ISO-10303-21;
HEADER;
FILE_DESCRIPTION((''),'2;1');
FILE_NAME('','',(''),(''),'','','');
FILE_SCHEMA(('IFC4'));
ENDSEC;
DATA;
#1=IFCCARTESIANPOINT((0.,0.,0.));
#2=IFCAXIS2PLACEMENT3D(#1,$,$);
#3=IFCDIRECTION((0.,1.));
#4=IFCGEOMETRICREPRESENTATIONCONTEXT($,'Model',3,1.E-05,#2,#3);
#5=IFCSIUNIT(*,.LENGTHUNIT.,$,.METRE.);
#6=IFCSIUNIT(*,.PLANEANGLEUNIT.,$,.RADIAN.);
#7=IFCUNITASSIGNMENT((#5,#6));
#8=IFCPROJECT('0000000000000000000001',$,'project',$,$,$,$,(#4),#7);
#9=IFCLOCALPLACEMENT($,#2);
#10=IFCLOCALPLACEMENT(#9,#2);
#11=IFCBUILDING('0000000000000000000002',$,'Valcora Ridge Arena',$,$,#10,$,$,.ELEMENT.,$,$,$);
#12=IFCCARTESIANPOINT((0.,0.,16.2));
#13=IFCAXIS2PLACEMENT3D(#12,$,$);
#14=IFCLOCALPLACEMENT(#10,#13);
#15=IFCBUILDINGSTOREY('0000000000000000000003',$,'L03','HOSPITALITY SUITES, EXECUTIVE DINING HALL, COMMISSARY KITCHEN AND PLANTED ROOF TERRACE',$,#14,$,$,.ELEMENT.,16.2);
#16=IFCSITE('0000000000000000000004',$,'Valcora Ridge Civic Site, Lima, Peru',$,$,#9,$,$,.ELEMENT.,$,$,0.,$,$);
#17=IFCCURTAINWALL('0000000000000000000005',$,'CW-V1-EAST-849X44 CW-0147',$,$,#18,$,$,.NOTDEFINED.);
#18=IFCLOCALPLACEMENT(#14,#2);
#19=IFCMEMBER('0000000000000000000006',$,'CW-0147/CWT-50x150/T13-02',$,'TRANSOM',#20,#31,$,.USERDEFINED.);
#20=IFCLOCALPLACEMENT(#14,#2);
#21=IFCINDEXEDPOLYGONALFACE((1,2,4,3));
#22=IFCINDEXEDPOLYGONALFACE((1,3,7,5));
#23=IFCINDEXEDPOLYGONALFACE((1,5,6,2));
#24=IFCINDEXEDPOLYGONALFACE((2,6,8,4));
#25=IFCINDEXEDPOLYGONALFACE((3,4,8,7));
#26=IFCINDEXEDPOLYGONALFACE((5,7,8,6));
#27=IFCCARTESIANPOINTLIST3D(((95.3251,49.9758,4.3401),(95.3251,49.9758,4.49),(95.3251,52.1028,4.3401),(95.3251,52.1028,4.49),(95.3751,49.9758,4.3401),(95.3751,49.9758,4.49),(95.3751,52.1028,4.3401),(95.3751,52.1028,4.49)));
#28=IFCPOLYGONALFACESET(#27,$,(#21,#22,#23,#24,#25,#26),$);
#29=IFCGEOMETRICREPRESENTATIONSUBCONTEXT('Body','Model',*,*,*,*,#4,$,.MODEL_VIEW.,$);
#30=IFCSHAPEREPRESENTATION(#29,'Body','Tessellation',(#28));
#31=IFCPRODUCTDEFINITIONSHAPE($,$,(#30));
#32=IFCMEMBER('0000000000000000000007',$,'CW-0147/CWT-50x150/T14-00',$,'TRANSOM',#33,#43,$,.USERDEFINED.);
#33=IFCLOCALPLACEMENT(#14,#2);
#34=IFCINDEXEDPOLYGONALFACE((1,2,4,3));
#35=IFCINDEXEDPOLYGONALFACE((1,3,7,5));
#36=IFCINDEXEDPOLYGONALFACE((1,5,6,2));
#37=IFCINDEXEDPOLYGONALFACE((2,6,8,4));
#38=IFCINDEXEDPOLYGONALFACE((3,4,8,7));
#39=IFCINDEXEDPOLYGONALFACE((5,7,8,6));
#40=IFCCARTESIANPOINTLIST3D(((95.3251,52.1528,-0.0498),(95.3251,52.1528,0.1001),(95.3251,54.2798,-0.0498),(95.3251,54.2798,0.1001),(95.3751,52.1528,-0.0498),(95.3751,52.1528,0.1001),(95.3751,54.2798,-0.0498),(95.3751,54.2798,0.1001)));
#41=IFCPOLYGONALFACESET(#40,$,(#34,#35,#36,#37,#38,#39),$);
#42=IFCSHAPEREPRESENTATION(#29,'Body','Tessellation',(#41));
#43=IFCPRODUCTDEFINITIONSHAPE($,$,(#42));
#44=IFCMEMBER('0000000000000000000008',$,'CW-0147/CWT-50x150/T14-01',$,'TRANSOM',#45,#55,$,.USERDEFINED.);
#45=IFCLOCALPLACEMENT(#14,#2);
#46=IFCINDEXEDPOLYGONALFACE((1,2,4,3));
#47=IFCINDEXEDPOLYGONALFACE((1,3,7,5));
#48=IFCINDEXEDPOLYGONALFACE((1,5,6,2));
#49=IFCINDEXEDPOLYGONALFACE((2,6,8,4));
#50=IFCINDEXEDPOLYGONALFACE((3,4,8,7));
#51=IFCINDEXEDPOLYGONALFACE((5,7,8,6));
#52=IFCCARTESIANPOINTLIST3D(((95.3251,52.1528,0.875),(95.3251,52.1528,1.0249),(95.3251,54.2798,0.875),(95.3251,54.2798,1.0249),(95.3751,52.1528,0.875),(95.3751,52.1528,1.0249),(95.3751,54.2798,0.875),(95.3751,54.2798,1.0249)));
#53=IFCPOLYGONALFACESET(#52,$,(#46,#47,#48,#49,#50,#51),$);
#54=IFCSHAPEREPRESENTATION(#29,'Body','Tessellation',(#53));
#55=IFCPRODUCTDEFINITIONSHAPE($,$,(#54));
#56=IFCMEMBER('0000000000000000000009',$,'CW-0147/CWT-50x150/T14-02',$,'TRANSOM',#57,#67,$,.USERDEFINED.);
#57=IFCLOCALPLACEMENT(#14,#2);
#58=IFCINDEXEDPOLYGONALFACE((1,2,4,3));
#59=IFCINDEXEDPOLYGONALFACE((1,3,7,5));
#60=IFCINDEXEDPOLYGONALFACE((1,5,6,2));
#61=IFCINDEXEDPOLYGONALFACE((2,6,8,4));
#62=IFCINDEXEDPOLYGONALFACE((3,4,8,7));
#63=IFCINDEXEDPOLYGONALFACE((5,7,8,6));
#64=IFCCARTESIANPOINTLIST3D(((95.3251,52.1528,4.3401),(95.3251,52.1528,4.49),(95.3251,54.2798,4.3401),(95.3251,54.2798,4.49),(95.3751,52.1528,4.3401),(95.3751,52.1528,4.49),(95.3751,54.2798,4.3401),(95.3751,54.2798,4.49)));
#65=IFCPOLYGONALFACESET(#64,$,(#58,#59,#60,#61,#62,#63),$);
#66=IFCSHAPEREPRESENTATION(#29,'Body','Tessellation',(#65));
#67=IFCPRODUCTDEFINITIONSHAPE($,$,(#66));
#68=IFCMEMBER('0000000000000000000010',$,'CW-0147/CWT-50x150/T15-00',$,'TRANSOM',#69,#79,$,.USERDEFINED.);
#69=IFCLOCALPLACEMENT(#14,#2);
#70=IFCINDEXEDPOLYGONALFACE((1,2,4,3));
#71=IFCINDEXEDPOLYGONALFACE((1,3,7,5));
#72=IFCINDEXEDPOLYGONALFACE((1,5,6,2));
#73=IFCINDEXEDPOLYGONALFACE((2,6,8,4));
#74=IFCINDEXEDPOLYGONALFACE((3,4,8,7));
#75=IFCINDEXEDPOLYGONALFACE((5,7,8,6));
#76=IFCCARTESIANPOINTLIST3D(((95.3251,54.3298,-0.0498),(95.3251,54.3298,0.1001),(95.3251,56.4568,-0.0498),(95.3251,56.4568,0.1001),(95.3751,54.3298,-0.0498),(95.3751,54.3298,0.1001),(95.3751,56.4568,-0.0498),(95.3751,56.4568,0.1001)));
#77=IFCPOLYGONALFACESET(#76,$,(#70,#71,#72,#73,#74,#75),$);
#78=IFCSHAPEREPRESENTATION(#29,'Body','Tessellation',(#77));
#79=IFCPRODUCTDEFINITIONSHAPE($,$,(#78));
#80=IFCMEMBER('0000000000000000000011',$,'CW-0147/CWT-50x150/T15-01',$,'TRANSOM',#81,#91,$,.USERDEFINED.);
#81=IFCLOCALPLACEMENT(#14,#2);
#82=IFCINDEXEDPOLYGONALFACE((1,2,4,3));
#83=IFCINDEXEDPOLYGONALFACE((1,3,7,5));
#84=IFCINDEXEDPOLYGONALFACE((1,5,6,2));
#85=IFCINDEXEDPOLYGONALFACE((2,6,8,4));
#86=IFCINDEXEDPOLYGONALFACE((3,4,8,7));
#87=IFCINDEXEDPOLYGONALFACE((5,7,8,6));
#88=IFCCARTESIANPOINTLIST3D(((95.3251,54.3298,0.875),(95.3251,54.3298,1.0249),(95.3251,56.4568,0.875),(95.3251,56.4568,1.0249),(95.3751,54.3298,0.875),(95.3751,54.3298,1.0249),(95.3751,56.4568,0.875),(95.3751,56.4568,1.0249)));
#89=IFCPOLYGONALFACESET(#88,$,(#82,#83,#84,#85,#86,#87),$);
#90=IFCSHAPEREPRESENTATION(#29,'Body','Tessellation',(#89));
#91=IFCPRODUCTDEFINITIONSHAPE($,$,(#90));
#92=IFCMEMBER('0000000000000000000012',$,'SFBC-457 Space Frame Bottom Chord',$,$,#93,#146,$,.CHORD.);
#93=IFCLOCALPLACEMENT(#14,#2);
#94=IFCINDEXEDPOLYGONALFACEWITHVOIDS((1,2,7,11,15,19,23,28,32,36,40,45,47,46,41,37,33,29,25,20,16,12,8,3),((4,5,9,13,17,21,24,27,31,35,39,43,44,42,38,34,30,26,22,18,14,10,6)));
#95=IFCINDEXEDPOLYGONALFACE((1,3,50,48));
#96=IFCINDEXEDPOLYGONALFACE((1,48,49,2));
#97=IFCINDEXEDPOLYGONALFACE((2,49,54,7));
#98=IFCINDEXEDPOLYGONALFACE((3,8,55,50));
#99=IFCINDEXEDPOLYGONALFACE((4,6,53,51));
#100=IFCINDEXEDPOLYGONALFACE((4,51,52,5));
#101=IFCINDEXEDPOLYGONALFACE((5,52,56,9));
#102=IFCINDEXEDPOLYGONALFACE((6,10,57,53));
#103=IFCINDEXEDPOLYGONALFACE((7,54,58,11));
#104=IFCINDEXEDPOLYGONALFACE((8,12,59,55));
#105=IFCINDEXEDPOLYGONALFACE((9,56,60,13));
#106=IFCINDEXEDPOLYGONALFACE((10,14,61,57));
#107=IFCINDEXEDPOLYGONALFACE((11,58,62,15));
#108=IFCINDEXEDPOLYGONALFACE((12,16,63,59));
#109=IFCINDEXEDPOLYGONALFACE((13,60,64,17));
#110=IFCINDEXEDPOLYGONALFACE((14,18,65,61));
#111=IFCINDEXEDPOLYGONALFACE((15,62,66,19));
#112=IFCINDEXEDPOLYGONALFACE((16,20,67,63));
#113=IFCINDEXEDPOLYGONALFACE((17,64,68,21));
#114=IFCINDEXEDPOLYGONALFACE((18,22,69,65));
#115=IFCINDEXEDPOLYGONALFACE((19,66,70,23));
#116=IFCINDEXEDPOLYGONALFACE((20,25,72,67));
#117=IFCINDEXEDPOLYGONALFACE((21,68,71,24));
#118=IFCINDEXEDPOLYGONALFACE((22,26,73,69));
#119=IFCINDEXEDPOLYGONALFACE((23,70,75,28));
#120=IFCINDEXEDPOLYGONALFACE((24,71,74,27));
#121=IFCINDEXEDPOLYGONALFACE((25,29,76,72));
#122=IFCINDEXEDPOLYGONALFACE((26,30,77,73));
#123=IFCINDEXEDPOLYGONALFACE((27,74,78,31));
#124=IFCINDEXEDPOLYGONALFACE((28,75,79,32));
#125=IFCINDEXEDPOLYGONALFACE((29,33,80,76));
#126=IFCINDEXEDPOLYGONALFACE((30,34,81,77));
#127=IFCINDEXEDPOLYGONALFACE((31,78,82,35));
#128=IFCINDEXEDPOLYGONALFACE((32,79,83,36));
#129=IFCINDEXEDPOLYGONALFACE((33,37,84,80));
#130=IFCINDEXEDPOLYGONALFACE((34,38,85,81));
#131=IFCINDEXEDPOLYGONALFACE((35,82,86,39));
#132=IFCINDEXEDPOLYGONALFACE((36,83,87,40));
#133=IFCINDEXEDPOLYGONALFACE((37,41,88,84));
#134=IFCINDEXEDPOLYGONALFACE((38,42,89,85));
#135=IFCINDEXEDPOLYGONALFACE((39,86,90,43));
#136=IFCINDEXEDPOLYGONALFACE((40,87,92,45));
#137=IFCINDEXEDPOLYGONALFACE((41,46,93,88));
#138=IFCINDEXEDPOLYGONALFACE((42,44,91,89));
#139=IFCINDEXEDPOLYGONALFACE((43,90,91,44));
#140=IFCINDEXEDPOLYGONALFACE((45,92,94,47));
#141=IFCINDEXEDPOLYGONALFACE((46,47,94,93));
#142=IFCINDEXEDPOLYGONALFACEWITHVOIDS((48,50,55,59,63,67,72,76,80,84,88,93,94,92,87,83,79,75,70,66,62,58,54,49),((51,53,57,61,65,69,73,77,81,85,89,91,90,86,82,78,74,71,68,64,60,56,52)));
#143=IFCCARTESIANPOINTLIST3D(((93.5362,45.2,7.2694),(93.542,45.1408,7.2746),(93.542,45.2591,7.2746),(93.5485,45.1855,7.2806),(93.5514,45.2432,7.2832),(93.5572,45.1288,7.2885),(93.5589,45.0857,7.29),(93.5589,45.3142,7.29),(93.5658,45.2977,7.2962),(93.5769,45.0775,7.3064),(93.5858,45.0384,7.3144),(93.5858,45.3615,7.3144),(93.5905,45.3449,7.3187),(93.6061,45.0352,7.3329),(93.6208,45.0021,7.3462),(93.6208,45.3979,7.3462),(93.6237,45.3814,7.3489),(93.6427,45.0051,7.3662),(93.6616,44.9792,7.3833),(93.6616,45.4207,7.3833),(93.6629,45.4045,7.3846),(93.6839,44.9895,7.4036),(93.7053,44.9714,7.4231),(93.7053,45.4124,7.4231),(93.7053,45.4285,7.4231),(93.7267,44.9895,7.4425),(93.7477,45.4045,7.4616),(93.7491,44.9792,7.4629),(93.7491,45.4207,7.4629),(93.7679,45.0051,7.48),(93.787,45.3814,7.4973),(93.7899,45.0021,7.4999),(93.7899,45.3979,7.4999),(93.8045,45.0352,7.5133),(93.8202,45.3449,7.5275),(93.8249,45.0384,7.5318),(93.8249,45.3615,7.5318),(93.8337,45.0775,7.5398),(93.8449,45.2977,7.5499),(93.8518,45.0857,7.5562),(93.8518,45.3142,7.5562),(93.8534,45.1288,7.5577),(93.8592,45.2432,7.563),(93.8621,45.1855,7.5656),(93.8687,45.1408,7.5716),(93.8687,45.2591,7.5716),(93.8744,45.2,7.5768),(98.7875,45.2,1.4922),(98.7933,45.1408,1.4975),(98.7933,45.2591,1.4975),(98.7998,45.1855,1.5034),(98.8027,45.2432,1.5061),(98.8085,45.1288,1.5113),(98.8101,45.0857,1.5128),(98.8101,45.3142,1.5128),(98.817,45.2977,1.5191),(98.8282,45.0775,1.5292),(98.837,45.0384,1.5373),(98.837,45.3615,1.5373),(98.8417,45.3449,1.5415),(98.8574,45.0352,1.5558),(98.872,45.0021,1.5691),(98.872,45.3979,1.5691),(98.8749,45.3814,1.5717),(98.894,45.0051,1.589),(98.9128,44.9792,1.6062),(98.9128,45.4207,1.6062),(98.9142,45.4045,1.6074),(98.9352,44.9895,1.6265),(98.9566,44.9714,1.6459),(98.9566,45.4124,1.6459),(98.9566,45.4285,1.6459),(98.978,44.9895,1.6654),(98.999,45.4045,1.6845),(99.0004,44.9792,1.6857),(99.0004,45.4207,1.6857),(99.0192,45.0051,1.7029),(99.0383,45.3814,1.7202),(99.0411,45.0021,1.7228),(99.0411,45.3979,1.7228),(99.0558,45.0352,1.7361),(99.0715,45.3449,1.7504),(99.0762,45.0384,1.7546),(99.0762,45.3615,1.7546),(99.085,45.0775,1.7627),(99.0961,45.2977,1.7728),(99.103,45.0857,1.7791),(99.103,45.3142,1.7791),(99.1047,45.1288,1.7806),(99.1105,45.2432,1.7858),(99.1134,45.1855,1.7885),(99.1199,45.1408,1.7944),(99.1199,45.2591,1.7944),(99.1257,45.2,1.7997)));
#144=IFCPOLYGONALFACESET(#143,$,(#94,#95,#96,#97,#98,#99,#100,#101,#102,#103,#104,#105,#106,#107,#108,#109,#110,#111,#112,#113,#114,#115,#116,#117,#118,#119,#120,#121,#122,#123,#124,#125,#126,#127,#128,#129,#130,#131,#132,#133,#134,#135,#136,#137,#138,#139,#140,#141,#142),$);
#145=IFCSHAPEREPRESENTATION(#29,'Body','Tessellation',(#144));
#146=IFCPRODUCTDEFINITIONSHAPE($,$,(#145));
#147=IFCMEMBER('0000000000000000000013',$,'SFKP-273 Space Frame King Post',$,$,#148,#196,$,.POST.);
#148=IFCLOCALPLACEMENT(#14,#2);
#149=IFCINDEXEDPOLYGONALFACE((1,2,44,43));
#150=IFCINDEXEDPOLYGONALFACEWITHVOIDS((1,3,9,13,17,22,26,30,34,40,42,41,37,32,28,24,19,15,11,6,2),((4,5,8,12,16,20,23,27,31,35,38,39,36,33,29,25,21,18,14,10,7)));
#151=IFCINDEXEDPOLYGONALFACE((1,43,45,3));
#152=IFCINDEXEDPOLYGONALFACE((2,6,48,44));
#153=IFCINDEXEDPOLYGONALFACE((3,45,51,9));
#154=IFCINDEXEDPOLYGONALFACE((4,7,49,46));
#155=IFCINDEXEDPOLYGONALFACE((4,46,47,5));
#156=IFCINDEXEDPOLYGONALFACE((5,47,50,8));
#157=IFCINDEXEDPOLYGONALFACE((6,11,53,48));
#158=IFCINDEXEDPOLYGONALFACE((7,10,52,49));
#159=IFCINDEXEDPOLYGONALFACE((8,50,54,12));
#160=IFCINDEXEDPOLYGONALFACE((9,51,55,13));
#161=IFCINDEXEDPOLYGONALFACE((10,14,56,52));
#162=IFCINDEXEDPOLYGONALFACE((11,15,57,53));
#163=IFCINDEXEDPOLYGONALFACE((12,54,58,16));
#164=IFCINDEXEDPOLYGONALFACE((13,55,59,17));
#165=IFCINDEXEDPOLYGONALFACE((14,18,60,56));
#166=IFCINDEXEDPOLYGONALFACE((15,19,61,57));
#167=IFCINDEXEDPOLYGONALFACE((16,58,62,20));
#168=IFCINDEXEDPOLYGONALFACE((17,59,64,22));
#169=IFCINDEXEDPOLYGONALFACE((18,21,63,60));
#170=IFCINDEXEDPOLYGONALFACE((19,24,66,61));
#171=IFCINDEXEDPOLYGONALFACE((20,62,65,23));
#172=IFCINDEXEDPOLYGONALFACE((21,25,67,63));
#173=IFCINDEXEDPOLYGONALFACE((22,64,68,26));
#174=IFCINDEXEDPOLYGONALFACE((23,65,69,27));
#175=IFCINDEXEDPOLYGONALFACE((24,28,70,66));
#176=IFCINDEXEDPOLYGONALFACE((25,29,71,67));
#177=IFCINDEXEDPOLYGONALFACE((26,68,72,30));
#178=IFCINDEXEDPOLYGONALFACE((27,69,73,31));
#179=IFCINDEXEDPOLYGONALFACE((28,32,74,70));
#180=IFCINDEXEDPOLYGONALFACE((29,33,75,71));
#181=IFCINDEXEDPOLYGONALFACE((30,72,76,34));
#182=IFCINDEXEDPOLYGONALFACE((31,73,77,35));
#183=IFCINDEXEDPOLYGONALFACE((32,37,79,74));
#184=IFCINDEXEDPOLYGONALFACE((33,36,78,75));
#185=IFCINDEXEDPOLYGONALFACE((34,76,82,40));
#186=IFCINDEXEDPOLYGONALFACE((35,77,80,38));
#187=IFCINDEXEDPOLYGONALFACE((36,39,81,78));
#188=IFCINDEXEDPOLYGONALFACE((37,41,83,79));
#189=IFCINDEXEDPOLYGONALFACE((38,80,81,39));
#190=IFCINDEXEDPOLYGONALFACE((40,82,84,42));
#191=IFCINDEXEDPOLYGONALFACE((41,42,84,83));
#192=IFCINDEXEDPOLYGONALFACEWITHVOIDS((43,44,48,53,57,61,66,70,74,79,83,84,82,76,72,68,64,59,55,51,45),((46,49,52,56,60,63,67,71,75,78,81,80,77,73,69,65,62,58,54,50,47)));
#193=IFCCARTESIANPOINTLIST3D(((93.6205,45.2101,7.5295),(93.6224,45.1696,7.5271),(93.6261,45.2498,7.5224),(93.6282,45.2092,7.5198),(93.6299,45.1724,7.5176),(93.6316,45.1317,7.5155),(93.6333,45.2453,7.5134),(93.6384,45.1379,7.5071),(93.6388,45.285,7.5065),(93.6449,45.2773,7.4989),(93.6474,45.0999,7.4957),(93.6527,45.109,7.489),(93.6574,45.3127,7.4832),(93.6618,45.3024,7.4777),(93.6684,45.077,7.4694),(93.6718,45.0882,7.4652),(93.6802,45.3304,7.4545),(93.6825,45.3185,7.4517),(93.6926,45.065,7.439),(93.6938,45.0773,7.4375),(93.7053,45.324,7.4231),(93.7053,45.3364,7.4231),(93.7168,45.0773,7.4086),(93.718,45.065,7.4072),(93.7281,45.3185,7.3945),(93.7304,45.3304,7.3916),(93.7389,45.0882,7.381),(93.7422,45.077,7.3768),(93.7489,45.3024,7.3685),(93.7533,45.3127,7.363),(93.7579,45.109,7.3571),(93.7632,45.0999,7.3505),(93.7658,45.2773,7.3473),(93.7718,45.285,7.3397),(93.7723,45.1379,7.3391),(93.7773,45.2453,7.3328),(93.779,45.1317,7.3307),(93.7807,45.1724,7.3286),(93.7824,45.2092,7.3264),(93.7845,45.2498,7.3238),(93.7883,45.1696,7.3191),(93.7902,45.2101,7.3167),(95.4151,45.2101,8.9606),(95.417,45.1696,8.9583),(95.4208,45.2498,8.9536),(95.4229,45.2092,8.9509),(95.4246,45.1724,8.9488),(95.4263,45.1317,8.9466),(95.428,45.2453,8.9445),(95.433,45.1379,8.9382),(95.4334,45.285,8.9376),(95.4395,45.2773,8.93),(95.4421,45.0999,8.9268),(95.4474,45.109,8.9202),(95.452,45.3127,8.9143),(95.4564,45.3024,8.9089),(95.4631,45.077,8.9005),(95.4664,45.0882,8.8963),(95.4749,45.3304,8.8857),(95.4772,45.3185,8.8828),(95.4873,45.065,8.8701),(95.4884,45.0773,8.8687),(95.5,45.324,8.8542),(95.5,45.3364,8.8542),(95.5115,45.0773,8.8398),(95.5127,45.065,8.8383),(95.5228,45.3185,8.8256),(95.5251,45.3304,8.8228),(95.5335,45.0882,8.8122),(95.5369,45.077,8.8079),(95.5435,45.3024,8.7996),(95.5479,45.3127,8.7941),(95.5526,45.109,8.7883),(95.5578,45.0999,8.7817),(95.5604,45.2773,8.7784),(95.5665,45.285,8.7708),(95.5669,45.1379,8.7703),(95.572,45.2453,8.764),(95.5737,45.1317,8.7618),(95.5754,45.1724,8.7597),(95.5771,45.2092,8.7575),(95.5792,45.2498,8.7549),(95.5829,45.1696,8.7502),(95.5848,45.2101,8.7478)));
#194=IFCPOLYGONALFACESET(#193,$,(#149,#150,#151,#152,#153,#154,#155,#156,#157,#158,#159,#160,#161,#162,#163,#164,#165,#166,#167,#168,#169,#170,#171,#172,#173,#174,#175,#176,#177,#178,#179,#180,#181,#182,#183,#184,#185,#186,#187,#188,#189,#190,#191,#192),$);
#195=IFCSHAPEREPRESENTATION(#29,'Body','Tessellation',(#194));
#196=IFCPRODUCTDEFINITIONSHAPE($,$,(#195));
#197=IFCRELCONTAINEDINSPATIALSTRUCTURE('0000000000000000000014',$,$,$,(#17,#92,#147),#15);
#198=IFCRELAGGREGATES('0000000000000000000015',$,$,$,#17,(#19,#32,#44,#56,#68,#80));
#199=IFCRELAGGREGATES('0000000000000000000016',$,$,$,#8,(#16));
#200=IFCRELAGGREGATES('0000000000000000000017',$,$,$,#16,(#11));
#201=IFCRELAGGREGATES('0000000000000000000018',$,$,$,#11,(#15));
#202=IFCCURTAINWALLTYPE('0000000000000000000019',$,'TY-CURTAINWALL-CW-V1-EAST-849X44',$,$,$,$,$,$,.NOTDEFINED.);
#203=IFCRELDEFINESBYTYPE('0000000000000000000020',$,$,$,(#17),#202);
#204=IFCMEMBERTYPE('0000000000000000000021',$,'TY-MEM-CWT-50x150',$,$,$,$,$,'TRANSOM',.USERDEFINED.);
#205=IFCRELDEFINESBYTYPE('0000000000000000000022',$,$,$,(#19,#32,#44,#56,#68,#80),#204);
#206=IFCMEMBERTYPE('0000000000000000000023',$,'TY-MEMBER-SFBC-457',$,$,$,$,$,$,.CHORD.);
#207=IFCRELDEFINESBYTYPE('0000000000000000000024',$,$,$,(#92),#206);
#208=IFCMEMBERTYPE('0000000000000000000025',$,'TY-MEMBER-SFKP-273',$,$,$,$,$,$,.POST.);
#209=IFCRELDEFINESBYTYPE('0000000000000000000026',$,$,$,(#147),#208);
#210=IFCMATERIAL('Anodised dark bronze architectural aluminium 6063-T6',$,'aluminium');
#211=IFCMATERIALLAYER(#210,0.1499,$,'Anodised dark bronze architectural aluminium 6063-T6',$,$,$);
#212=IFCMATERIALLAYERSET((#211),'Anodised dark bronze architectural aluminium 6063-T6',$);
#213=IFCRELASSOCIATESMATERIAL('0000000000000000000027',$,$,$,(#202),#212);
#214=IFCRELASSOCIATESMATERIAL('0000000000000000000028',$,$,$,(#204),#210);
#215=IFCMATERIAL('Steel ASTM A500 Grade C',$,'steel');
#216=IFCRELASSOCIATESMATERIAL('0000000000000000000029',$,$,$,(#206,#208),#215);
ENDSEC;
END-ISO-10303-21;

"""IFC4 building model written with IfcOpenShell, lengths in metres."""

from ifc_helpers import new_model, si_unit, direction, frame, origin, origin_2d, place, context, subcontext, project, spatial, rectangle, hollow_circle, extrude, material, layer, layer_set, material_profile, profile_set, type_object, element, aggregate, save


model = new_model("IFC4")

# Units and contexts
model_context = context("Model", 3, precision=1e-05, world=origin(), true_north=direction((0.0, 1.0)))
body_context = subcontext(model_context, "Body", "Model", "MODEL_VIEW")
ifc_project = project(units=[si_unit("LENGTHUNIT", "METRE"), si_unit("PLANEANGLEUNIT", "RADIAN")], contexts=[model_context])

# Site, building, storey
site_placement = place(None, origin())
site = spatial("IfcSite", under=ifc_project, at=site_placement, Name="Valcora Ridge Civic Site, Lima, Peru", CompositionType="ELEMENT", RefElevation=0.0)
building_placement = place(site_placement, origin())
building = spatial("IfcBuilding", under=site, at=building_placement, Name="Valcora Ridge Arena", CompositionType="ELEMENT")
storey_placement = place(building_placement, frame((0.0, 0.0, 16.2)))
storey = spatial("IfcBuildingStorey", under=building, at=storey_placement, Name="L03", Description="HOSPITALITY SUITES, EXECUTIVE DINING HALL, COMMISSARY KITCHEN AND PLANTED ROOF TERRACE", CompositionType="ELEMENT", Elevation=16.2)

# Curtain wall, members
ifc_material_1 = material(Name="Anodised dark bronze architectural aluminium 6063-T6", Category="aluminium")
ifc_layer_1 = layer(ifc_material_1, 0.1499, Name="Anodised dark bronze architectural aluminium 6063-T6")
ifc_layer_set_1 = layer_set([ifc_layer_1], Name="Anodised dark bronze architectural aluminium 6063-T6")
curtain_wall_type = type_object("IfcCurtainWallType", Name="TY-CURTAINWALL-CW-V1-EAST-849X44", PredefinedType="NOTDEFINED", material=ifc_layer_set_1)
curtain_wall_placement = place(storey_placement, origin())
curtain_wall = element("IfcCurtainWall", 1, at=curtain_wall_placement, inside=storey, type_object=curtain_wall_type, Name="CW-V1-EAST-849X44 CW-0147", PredefinedType="NOTDEFINED")
ifc_material_profile_1 = material_profile(ifc_material_1, rectangle(XDim=0.05, YDim=0.1499, at=origin_2d()), Name="ALU TRANSOM 50x150")
ifc_profile_set_1 = profile_set([ifc_material_profile_1], Name="Anodised dark bronze architectural aluminium 6063-T6")
member_type_1 = type_object("IfcMemberType", Name="TY-MEM-CWT-50x150", ElementType="TRANSOM", PredefinedType="USERDEFINED", material=ifc_profile_set_1)
member_1_placement = place(storey_placement, frame((95.3501, 49.9758, 4.415), z_axis=(0.0, 1.0, 0.0), x_axis=(-1.0, 0.0, 0.0)))
member_1 = element("IfcMember", 2, at=member_1_placement, type_object=member_type_1, Name="CW-0147/CWT-50x150/T13-02", ObjectType="TRANSOM", PredefinedType="USERDEFINED", context=body_context, shape_type="SweptSolid", body=[
    extrude(rectangle(XDim=0.05, YDim=0.1499, at=origin_2d()), origin(), (0.0, 0.0, 1.0), 2.127),
])
member_2_placement = place(storey_placement, frame((95.3501, 52.1528, 0.0251), z_axis=(0.0, 1.0, 0.0), x_axis=(-1.0, 0.0, 0.0)))
member_2 = element("IfcMember", 3, at=member_2_placement, type_object=member_type_1, Name="CW-0147/CWT-50x150/T14-00", ObjectType="TRANSOM", PredefinedType="USERDEFINED", context=body_context, shape_type="SweptSolid", body=[
    extrude(rectangle(XDim=0.05, YDim=0.1499, at=origin_2d()), origin(), (0.0, 0.0, 1.0), 2.127),
])
member_3_placement = place(storey_placement, frame((95.3501, 52.1528, 0.95), z_axis=(0.0, 1.0, 0.0), x_axis=(-1.0, 0.0, 0.0)))
member_3 = element("IfcMember", 4, at=member_3_placement, type_object=member_type_1, Name="CW-0147/CWT-50x150/T14-01", ObjectType="TRANSOM", PredefinedType="USERDEFINED", context=body_context, shape_type="SweptSolid", body=[
    extrude(rectangle(XDim=0.05, YDim=0.1499, at=origin_2d()), origin(), (0.0, 0.0, 1.0), 2.127),
])
member_4_placement = place(storey_placement, frame((95.3501, 52.1528, 4.415), z_axis=(0.0, 1.0, 0.0), x_axis=(-1.0, 0.0, 0.0)))
member_4 = element("IfcMember", 5, at=member_4_placement, type_object=member_type_1, Name="CW-0147/CWT-50x150/T14-02", ObjectType="TRANSOM", PredefinedType="USERDEFINED", context=body_context, shape_type="SweptSolid", body=[
    extrude(rectangle(XDim=0.05, YDim=0.1499, at=origin_2d()), origin(), (0.0, 0.0, 1.0), 2.127),
])
member_5_placement = place(storey_placement, frame((95.3501, 54.3298, 0.0251), z_axis=(0.0, 1.0, 0.0), x_axis=(-1.0, 0.0, 0.0)))
member_5 = element("IfcMember", 6, at=member_5_placement, type_object=member_type_1, Name="CW-0147/CWT-50x150/T15-00", ObjectType="TRANSOM", PredefinedType="USERDEFINED", context=body_context, shape_type="SweptSolid", body=[
    extrude(rectangle(XDim=0.05, YDim=0.1499, at=origin_2d()), origin(), (0.0, 0.0, 1.0), 2.127),
])
member_6_placement = place(storey_placement, frame((95.3501, 54.3298, 0.95), z_axis=(0.0, 1.0, 0.0), x_axis=(-1.0, 0.0, 0.0)))
member_6 = element("IfcMember", 7, at=member_6_placement, type_object=member_type_1, Name="CW-0147/CWT-50x150/T15-01", ObjectType="TRANSOM", PredefinedType="USERDEFINED", context=body_context, shape_type="SweptSolid", body=[
    extrude(rectangle(XDim=0.05, YDim=0.1499, at=origin_2d()), origin(), (0.0, 0.0, 1.0), 2.127),
])

# Members
ifc_material_2 = material(Name="Steel ASTM A500 Grade C", Category="steel")
ifc_material_profile_2 = material_profile(ifc_material_2, hollow_circle(Radius=0.2285, WallThickness=0.0161, at=origin_2d()), Name="CHS457X16")
ifc_profile_set_2 = profile_set([ifc_material_profile_2], Name="Steel ASTM A500 Grade C")
member_type_2 = type_object("IfcMemberType", Name="TY-MEMBER-SFBC-457", PredefinedType="CHORD", material=ifc_profile_set_2)
member_7_placement = place(storey_placement, frame((93.7053, 45.2, 7.4231), z_axis=(0.672625, 0.0, -0.739984), x_axis=(0.0, 1.0, 0.0)))
element("IfcMember", 8, at=member_7_placement, inside=storey, type_object=member_type_2, Name="SFBC-457 Space Frame Bottom Chord", PredefinedType="CHORD", context=body_context, shape_type="SweptSolid", body=[
    extrude(hollow_circle(Radius=0.2285, WallThickness=0.0161, at=origin_2d()), origin(), (0.0, 0.0, 1.0), 7.8071),
])
ifc_material_profile_3 = material_profile(ifc_material_2, hollow_circle(Radius=0.1365, WallThickness=0.0125, at=origin_2d()), Name="CHS273X12")
ifc_profile_set_3 = profile_set([ifc_material_profile_3], Name="Steel ASTM A500 Grade C")
member_type_3 = type_object("IfcMemberType", Name="TY-MEMBER-SFKP-273", PredefinedType="POST", material=ifc_profile_set_3)
member_8_placement = place(storey_placement, frame((93.7053, 45.2, 7.4231), z_axis=(0.781843, 0.0, 0.623475), x_axis=(0.0, 1.0, 0.0)))
element("IfcMember", 9, at=member_8_placement, inside=storey, type_object=member_type_3, Name="SFKP-273 Space Frame King Post", PredefinedType="POST", context=body_context, shape_type="SweptSolid", body=[
    extrude(hollow_circle(Radius=0.1365, WallThickness=0.0125, at=origin_2d()), origin(), (0.0, 0.0, 1.0), 2.2954),
])

aggregate(curtain_wall, [member_1, member_2, member_3, member_4, member_5, member_6])

save(model, "model.ifc")
